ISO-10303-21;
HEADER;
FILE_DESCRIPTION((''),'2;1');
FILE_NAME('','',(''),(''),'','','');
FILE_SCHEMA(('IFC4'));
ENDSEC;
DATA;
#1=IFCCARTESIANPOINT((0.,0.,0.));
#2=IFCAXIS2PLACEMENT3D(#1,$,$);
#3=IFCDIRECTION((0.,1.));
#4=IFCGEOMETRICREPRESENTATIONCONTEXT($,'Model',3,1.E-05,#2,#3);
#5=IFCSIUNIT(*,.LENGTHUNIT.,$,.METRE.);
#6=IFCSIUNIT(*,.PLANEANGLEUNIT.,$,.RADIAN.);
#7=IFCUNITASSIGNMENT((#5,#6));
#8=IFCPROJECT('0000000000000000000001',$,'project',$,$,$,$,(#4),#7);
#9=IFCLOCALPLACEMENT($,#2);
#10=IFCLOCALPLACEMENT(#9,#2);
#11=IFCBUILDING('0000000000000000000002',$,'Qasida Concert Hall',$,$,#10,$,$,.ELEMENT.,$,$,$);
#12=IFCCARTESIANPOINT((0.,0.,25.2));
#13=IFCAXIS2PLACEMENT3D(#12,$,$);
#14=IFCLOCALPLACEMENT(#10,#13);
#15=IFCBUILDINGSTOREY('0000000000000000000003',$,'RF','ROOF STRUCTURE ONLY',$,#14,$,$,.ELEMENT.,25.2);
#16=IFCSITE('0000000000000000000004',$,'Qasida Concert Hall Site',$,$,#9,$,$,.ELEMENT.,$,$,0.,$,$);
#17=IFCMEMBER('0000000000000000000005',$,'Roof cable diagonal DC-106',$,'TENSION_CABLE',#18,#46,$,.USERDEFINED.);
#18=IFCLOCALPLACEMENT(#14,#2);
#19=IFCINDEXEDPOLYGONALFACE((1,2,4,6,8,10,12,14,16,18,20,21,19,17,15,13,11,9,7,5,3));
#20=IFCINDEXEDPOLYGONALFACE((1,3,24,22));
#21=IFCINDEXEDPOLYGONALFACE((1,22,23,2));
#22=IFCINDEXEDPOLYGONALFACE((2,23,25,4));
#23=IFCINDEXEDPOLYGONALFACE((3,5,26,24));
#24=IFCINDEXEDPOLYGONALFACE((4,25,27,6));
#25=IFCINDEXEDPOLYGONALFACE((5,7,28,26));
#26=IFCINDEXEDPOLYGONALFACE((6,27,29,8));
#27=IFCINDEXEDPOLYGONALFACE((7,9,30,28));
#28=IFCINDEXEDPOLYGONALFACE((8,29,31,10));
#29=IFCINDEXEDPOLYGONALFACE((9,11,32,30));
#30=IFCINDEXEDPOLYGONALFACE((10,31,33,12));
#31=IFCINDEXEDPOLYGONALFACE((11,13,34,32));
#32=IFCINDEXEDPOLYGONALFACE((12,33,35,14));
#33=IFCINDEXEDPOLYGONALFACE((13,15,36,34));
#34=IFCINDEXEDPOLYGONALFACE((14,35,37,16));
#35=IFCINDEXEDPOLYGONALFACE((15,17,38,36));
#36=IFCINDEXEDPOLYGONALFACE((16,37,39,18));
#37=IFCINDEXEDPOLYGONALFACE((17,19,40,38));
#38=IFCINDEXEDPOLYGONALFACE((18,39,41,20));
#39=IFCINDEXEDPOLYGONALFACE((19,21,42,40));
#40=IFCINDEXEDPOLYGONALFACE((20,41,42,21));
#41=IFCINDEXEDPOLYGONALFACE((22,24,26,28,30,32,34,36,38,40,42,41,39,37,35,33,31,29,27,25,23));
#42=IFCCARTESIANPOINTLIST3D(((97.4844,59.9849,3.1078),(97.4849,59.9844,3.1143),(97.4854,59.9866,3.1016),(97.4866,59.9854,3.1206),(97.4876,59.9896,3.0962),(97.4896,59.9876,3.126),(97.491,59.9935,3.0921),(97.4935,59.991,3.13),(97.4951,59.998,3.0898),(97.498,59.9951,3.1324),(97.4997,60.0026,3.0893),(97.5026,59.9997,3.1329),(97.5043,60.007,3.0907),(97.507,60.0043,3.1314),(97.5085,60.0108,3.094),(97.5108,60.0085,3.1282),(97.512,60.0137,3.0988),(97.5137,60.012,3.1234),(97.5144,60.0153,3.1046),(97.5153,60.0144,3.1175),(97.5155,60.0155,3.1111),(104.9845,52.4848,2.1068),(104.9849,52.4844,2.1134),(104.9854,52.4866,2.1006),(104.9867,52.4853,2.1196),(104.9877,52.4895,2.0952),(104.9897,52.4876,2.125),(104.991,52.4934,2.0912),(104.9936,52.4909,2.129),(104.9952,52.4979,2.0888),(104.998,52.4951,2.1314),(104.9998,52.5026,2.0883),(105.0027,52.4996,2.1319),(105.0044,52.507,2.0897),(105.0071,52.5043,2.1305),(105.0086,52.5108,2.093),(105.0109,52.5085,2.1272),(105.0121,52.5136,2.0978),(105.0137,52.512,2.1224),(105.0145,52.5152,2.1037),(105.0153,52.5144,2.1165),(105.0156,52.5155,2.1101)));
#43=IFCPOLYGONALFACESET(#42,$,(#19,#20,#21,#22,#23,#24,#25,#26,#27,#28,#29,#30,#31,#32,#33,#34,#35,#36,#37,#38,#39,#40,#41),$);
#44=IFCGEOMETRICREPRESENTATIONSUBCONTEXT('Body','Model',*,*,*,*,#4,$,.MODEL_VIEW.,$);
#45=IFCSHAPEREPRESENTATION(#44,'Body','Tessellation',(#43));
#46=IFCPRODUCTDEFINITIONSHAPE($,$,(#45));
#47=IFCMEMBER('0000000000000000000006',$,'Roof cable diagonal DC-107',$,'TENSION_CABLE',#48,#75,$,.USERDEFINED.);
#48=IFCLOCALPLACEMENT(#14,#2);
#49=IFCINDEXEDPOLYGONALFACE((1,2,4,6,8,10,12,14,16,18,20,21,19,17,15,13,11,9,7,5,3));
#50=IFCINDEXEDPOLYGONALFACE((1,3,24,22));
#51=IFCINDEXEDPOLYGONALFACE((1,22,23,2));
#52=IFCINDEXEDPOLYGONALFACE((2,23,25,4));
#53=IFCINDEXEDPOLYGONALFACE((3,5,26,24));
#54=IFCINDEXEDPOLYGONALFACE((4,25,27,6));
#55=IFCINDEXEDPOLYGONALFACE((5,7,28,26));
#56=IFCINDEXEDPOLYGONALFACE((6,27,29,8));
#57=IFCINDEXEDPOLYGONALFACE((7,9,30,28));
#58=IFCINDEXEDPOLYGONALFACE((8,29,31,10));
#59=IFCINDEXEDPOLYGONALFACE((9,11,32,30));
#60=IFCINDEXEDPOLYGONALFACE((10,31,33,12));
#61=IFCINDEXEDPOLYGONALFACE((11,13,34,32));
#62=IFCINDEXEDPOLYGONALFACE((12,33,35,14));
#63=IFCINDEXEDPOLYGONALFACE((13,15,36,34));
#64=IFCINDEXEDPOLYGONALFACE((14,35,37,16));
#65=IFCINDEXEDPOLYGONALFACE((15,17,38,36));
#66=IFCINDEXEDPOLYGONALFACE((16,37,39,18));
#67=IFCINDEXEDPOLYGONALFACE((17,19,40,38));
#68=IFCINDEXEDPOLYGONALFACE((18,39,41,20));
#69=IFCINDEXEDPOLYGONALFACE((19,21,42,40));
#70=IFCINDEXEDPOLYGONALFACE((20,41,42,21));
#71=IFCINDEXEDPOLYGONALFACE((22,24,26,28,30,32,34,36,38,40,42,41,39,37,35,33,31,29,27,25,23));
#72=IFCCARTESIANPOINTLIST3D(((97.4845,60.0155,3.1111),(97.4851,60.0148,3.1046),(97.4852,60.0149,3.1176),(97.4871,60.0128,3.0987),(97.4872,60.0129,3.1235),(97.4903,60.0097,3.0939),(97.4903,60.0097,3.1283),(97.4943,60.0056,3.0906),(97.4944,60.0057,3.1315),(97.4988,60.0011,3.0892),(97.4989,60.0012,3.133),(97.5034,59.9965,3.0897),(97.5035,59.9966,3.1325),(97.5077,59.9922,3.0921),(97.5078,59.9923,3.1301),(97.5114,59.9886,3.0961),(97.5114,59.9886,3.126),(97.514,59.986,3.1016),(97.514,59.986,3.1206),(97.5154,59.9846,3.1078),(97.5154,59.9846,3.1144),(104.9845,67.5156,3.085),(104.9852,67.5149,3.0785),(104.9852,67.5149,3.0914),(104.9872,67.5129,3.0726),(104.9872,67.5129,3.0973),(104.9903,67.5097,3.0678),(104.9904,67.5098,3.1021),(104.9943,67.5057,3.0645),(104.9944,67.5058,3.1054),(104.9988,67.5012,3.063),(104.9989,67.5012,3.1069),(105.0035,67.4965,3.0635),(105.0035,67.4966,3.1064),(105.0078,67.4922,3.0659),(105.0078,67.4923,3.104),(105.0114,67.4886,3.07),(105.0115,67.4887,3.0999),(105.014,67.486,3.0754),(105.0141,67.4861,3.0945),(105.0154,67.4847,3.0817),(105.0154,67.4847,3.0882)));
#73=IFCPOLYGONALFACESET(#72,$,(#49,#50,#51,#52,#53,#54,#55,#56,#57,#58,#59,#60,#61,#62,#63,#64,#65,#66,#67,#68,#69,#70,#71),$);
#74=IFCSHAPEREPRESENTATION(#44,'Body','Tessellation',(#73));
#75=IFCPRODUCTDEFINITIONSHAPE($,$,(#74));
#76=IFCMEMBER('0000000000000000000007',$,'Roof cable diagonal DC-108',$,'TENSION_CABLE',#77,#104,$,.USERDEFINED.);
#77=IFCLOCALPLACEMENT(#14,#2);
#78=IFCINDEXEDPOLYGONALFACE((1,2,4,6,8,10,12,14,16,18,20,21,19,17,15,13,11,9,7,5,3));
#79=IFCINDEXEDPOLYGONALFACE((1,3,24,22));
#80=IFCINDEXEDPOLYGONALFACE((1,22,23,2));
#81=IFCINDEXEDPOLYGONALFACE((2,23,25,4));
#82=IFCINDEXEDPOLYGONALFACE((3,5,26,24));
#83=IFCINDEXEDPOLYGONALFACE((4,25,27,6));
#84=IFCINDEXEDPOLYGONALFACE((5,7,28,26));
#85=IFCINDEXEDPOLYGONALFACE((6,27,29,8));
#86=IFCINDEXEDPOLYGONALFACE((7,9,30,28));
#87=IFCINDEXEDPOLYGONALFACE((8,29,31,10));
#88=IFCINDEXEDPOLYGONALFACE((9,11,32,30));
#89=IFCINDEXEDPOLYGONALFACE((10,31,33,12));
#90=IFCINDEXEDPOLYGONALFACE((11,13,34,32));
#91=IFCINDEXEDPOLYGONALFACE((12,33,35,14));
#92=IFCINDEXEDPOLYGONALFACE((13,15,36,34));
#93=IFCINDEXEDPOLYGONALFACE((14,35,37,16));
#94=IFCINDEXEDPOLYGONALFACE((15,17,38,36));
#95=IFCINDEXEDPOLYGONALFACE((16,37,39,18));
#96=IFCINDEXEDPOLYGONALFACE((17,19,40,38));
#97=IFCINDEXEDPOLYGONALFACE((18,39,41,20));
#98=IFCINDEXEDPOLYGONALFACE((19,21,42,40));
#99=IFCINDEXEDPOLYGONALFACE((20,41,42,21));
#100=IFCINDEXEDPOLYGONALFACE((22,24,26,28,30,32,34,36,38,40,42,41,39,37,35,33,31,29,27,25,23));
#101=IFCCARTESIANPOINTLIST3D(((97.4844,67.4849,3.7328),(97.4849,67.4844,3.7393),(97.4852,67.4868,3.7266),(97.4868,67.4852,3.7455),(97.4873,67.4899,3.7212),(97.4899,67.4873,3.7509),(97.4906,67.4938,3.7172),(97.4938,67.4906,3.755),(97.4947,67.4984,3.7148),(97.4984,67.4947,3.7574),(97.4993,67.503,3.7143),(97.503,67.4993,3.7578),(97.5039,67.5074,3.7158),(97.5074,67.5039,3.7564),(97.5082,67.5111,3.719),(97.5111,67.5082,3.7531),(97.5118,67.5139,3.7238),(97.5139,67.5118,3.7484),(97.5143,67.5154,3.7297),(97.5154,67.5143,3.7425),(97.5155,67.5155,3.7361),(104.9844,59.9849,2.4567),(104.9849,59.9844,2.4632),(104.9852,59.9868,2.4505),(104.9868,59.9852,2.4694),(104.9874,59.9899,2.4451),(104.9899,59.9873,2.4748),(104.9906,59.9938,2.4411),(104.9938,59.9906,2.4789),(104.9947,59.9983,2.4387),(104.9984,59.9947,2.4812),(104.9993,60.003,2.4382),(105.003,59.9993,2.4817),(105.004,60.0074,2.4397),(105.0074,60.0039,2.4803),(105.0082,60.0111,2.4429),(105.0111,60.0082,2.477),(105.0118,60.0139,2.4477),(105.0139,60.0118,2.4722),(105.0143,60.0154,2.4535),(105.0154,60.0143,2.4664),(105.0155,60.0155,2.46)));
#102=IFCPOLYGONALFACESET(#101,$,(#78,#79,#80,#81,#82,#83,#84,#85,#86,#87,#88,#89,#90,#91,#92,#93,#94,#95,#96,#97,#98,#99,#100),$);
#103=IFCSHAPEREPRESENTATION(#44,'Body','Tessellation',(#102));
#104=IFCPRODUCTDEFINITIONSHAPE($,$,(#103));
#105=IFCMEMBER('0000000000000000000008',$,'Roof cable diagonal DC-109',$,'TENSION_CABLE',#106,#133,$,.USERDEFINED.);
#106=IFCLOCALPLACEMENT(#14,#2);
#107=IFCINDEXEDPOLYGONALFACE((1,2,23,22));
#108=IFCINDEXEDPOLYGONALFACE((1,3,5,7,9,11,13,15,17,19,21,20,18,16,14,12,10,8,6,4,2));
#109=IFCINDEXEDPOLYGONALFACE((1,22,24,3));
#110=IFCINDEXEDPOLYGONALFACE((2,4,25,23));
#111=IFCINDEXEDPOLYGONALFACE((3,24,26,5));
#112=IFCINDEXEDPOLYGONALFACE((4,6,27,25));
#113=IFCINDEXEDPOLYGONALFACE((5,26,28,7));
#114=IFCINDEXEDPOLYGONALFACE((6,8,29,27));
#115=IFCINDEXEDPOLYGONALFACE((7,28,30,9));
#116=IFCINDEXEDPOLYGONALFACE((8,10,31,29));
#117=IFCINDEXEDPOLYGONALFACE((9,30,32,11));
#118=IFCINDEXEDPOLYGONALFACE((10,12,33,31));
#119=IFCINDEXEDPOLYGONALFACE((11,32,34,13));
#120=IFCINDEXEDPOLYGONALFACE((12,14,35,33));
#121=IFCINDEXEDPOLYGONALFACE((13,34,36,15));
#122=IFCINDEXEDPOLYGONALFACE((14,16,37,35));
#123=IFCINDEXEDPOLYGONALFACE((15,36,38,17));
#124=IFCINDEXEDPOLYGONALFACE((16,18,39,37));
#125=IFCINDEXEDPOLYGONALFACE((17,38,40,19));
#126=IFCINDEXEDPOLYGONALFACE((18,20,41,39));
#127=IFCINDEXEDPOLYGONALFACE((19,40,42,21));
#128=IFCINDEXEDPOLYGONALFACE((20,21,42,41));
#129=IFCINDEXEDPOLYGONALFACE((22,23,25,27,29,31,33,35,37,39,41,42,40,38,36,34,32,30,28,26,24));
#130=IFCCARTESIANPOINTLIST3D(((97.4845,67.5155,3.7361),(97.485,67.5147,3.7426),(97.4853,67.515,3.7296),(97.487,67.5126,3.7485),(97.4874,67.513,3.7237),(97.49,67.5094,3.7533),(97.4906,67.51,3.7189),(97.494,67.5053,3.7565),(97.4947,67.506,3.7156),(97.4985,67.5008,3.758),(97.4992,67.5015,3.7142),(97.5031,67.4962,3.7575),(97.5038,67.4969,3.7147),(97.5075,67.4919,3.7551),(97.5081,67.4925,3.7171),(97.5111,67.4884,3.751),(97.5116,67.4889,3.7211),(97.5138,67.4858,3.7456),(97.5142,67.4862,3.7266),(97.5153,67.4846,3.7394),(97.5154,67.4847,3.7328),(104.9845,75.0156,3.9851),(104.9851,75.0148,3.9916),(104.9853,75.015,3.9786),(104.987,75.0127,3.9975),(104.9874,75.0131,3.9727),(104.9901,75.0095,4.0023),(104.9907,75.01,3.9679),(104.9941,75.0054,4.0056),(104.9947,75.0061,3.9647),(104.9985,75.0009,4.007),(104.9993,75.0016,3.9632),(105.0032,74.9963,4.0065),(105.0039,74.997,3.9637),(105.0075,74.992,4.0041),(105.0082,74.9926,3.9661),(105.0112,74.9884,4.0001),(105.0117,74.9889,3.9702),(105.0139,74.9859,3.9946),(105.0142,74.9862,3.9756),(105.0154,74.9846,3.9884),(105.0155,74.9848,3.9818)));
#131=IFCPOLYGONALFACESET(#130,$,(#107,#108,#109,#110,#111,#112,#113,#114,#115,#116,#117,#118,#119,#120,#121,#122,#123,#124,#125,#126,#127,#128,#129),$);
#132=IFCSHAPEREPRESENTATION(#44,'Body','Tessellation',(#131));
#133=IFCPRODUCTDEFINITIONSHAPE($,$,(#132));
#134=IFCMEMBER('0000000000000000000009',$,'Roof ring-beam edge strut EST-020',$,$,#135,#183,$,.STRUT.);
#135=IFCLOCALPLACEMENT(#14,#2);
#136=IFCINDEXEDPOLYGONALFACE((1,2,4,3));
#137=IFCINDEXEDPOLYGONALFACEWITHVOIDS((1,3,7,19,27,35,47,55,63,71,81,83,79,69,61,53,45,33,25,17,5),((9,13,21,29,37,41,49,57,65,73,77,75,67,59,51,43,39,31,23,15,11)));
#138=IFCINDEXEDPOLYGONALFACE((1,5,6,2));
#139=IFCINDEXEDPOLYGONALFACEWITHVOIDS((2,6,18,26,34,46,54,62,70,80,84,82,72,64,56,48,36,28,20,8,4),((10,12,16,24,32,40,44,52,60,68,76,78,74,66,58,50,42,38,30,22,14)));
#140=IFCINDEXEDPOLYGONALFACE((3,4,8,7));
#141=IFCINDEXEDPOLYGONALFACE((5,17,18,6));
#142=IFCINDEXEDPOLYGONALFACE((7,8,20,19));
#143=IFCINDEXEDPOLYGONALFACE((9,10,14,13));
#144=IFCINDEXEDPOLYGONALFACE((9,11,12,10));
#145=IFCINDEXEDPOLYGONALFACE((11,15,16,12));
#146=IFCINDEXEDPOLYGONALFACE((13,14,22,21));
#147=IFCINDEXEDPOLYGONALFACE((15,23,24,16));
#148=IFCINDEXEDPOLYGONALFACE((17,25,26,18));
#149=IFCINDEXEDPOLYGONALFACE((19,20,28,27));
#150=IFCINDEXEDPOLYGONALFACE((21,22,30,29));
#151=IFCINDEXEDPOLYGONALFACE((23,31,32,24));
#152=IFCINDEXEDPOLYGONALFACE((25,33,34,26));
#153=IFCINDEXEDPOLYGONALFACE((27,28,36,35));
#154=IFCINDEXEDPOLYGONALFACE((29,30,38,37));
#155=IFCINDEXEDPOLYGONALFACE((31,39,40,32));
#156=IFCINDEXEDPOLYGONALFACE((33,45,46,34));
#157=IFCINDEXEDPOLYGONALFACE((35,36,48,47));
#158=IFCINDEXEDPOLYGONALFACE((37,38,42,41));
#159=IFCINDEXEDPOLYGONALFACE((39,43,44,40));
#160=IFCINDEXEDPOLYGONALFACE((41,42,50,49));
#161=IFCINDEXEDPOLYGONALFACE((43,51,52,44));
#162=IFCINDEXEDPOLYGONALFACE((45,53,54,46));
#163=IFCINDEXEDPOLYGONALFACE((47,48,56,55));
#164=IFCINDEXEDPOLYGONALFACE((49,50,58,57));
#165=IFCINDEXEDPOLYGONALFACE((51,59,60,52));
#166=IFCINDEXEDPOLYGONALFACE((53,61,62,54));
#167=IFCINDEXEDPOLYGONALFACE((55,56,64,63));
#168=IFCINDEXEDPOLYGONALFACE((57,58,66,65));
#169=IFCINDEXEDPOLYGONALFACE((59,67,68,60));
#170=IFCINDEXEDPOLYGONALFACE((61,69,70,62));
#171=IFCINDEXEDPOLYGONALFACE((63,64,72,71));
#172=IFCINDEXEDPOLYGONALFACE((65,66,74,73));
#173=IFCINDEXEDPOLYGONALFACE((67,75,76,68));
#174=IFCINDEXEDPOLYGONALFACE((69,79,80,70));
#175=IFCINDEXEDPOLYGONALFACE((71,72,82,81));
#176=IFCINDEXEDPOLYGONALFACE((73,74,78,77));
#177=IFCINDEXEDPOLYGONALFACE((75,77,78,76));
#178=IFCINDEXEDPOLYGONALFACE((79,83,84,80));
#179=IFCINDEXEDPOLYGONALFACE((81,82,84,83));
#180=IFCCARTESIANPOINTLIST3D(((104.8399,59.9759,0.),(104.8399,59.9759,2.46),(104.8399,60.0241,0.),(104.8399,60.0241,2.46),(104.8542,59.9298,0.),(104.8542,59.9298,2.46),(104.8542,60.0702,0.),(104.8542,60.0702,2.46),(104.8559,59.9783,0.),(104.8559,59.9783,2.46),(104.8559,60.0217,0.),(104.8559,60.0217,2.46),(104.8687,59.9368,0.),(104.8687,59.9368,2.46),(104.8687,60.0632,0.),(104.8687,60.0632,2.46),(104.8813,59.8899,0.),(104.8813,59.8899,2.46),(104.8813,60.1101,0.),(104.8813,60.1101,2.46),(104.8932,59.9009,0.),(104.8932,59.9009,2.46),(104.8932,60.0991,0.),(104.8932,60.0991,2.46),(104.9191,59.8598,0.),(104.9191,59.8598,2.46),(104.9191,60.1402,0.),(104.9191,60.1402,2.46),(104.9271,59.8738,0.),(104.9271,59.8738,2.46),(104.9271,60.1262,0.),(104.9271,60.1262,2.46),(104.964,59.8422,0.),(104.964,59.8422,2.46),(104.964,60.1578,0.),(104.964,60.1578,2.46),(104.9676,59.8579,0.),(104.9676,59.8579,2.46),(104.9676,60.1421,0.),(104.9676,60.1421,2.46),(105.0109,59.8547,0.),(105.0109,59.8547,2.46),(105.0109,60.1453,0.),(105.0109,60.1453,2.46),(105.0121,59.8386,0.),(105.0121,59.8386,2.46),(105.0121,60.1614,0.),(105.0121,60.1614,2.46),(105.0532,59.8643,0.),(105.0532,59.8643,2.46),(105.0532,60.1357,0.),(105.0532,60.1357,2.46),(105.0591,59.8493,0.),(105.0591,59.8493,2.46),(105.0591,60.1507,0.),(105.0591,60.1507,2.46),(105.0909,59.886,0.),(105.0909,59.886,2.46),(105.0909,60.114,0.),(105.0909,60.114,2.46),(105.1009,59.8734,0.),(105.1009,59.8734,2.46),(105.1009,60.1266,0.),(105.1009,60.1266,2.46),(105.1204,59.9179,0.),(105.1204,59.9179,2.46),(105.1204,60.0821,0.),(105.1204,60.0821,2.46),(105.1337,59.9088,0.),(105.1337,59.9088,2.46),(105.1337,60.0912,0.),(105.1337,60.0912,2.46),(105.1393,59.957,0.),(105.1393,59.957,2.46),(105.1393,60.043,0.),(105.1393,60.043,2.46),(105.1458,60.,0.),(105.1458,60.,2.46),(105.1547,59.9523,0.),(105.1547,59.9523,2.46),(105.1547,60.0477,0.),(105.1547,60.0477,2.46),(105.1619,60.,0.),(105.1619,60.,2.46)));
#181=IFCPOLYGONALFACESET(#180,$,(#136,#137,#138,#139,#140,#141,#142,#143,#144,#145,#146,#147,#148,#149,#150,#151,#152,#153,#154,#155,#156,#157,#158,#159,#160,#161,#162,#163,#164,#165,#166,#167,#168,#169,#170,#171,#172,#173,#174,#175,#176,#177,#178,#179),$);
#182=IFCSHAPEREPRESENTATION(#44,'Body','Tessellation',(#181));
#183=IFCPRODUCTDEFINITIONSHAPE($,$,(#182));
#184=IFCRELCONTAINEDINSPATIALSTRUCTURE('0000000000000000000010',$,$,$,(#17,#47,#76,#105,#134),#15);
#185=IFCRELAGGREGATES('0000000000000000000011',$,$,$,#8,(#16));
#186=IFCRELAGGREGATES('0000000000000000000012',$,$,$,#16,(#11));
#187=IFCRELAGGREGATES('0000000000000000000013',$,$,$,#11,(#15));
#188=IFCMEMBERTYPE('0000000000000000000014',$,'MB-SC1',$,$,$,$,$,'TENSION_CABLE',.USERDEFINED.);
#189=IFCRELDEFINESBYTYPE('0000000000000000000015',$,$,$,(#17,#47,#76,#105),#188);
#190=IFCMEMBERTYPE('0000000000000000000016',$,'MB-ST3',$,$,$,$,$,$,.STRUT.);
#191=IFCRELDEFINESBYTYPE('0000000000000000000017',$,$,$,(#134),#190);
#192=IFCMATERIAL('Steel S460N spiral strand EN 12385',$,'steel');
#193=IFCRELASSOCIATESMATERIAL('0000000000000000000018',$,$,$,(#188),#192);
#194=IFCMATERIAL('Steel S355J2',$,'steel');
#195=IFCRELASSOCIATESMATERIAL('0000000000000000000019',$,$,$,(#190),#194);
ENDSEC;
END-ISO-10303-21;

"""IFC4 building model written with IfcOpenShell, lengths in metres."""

from ifc_helpers import new_model, si_unit, direction, frame, origin, origin_2d, place, context, subcontext, project, spatial, circle, hollow_circle, extrude, material, material_profile, profile_set, type_object, element, save


model = new_model("IFC4")

# Units and contexts
model_context = context("Model", 3, precision=1e-05, world=origin(), true_north=direction((0.0, 1.0)))
body_context = subcontext(model_context, "Body", "Model", "MODEL_VIEW")
ifc_project = project(units=[si_unit("LENGTHUNIT", "METRE"), si_unit("PLANEANGLEUNIT", "RADIAN")], contexts=[model_context])

# Site, building, storey
site_placement = place(None, origin())
site = spatial("IfcSite", under=ifc_project, at=site_placement, Name="Qasida Concert Hall Site", CompositionType="ELEMENT", RefElevation=0.0)
building_placement = place(site_placement, origin())
building = spatial("IfcBuilding", under=site, at=building_placement, Name="Qasida Concert Hall", CompositionType="ELEMENT")
storey_placement = place(building_placement, frame((0.0, 0.0, 25.2)))
storey = spatial("IfcBuildingStorey", under=building, at=storey_placement, Name="RF", Description="ROOF STRUCTURE ONLY", CompositionType="ELEMENT", Elevation=25.2)

# Members
ifc_material_1 = material(Name="Steel S460N spiral strand EN 12385", Category="steel")
ifc_material_profile_1 = material_profile(ifc_material_1, circle(Radius=0.022, at=origin_2d()), Name="STRAND D44")
ifc_profile_set_1 = profile_set([ifc_material_profile_1], Name="Steel S460N spiral strand EN 12385")
member_type_1 = type_object("IfcMemberType", Name="MB-SC1", ElementType="TENSION_CABLE", PredefinedType="USERDEFINED", material=ifc_profile_set_1)
member_1_placement = place(storey_placement, frame((97.5, 60.0, 3.1111), z_axis=(0.703979, -0.703979, -0.093956), x_axis=(0.707107, 0.707107, 0.0)))
element("IfcMember", 1, at=member_1_placement, inside=storey, type_object=member_type_1, Name="Roof cable diagonal DC-106", ObjectType="TENSION_CABLE", PredefinedType="USERDEFINED", context=body_context, shape_type="SweptSolid", body=[
    extrude(circle(Radius=0.022, at=origin_2d()), origin(), (0.0, 0.0, 1.0), 10.6538),
])
member_2_placement = place(storey_placement, frame((97.5, 60.0, 3.1111), z_axis=(0.707105, 0.707105, -0.002463), x_axis=(-0.707107, 0.707107, 0.0)))
element("IfcMember", 2, at=member_2_placement, inside=storey, type_object=member_type_1, Name="Roof cable diagonal DC-107", ObjectType="TENSION_CABLE", PredefinedType="USERDEFINED", context=body_context, shape_type="SweptSolid", body=[
    extrude(circle(Radius=0.022, at=origin_2d()), origin(), (0.0, 0.0, 1.0), 10.6067),
])
member_3_placement = place(storey_placement, frame((97.5, 67.5, 3.7361), z_axis=(0.702044, -0.702044, -0.119453), x_axis=(0.707107, 0.707107, 0.0)))
element("IfcMember", 3, at=member_3_placement, inside=storey, type_object=member_type_1, Name="Roof cable diagonal DC-108", ObjectType="TENSION_CABLE", PredefinedType="USERDEFINED", context=body_context, shape_type="SweptSolid", body=[
    extrude(circle(Radius=0.022, at=origin_2d()), origin(), (0.0, 0.0, 1.0), 10.6831),
])
member_4_placement = place(storey_placement, frame((97.5, 67.5, 3.7361), z_axis=(0.706912, 0.706912, 0.023472), x_axis=(-0.707107, 0.707107, 0.0)))
element("IfcMember", 4, at=member_4_placement, inside=storey, type_object=member_type_1, Name="Roof cable diagonal DC-109", ObjectType="TENSION_CABLE", PredefinedType="USERDEFINED", context=body_context, shape_type="SweptSolid", body=[
    extrude(circle(Radius=0.022, at=origin_2d()), origin(), (0.0, 0.0, 1.0), 10.6096),
])
ifc_material_2 = material(Name="Steel S355J2", Category="steel")
ifc_material_profile_2 = material_profile(ifc_material_2, hollow_circle(Radius=0.1619, WallThickness=0.0161, at=origin_2d()), Name="CHS 323.9x16")
ifc_profile_set_2 = profile_set([ifc_material_profile_2], Name="Steel S355J2")
member_type_2 = type_object("IfcMemberType", Name="MB-ST3", PredefinedType="STRUT", material=ifc_profile_set_2)
member_5_placement = place(storey_placement, frame((105.0, 60.0, 0.0), z_axis=(0.0, 0.0, 1.0), x_axis=(1.0, 0.0, 0.0)))
element("IfcMember", 5, at=member_5_placement, inside=storey, type_object=member_type_2, Name="Roof ring-beam edge strut EST-020", PredefinedType="STRUT", context=body_context, shape_type="SweptSolid", body=[
    extrude(hollow_circle(Radius=0.1619, WallThickness=0.0161, at=origin_2d()), origin(), (0.0, 0.0, 1.0), 2.46),
])

save(model, "model.ifc")
